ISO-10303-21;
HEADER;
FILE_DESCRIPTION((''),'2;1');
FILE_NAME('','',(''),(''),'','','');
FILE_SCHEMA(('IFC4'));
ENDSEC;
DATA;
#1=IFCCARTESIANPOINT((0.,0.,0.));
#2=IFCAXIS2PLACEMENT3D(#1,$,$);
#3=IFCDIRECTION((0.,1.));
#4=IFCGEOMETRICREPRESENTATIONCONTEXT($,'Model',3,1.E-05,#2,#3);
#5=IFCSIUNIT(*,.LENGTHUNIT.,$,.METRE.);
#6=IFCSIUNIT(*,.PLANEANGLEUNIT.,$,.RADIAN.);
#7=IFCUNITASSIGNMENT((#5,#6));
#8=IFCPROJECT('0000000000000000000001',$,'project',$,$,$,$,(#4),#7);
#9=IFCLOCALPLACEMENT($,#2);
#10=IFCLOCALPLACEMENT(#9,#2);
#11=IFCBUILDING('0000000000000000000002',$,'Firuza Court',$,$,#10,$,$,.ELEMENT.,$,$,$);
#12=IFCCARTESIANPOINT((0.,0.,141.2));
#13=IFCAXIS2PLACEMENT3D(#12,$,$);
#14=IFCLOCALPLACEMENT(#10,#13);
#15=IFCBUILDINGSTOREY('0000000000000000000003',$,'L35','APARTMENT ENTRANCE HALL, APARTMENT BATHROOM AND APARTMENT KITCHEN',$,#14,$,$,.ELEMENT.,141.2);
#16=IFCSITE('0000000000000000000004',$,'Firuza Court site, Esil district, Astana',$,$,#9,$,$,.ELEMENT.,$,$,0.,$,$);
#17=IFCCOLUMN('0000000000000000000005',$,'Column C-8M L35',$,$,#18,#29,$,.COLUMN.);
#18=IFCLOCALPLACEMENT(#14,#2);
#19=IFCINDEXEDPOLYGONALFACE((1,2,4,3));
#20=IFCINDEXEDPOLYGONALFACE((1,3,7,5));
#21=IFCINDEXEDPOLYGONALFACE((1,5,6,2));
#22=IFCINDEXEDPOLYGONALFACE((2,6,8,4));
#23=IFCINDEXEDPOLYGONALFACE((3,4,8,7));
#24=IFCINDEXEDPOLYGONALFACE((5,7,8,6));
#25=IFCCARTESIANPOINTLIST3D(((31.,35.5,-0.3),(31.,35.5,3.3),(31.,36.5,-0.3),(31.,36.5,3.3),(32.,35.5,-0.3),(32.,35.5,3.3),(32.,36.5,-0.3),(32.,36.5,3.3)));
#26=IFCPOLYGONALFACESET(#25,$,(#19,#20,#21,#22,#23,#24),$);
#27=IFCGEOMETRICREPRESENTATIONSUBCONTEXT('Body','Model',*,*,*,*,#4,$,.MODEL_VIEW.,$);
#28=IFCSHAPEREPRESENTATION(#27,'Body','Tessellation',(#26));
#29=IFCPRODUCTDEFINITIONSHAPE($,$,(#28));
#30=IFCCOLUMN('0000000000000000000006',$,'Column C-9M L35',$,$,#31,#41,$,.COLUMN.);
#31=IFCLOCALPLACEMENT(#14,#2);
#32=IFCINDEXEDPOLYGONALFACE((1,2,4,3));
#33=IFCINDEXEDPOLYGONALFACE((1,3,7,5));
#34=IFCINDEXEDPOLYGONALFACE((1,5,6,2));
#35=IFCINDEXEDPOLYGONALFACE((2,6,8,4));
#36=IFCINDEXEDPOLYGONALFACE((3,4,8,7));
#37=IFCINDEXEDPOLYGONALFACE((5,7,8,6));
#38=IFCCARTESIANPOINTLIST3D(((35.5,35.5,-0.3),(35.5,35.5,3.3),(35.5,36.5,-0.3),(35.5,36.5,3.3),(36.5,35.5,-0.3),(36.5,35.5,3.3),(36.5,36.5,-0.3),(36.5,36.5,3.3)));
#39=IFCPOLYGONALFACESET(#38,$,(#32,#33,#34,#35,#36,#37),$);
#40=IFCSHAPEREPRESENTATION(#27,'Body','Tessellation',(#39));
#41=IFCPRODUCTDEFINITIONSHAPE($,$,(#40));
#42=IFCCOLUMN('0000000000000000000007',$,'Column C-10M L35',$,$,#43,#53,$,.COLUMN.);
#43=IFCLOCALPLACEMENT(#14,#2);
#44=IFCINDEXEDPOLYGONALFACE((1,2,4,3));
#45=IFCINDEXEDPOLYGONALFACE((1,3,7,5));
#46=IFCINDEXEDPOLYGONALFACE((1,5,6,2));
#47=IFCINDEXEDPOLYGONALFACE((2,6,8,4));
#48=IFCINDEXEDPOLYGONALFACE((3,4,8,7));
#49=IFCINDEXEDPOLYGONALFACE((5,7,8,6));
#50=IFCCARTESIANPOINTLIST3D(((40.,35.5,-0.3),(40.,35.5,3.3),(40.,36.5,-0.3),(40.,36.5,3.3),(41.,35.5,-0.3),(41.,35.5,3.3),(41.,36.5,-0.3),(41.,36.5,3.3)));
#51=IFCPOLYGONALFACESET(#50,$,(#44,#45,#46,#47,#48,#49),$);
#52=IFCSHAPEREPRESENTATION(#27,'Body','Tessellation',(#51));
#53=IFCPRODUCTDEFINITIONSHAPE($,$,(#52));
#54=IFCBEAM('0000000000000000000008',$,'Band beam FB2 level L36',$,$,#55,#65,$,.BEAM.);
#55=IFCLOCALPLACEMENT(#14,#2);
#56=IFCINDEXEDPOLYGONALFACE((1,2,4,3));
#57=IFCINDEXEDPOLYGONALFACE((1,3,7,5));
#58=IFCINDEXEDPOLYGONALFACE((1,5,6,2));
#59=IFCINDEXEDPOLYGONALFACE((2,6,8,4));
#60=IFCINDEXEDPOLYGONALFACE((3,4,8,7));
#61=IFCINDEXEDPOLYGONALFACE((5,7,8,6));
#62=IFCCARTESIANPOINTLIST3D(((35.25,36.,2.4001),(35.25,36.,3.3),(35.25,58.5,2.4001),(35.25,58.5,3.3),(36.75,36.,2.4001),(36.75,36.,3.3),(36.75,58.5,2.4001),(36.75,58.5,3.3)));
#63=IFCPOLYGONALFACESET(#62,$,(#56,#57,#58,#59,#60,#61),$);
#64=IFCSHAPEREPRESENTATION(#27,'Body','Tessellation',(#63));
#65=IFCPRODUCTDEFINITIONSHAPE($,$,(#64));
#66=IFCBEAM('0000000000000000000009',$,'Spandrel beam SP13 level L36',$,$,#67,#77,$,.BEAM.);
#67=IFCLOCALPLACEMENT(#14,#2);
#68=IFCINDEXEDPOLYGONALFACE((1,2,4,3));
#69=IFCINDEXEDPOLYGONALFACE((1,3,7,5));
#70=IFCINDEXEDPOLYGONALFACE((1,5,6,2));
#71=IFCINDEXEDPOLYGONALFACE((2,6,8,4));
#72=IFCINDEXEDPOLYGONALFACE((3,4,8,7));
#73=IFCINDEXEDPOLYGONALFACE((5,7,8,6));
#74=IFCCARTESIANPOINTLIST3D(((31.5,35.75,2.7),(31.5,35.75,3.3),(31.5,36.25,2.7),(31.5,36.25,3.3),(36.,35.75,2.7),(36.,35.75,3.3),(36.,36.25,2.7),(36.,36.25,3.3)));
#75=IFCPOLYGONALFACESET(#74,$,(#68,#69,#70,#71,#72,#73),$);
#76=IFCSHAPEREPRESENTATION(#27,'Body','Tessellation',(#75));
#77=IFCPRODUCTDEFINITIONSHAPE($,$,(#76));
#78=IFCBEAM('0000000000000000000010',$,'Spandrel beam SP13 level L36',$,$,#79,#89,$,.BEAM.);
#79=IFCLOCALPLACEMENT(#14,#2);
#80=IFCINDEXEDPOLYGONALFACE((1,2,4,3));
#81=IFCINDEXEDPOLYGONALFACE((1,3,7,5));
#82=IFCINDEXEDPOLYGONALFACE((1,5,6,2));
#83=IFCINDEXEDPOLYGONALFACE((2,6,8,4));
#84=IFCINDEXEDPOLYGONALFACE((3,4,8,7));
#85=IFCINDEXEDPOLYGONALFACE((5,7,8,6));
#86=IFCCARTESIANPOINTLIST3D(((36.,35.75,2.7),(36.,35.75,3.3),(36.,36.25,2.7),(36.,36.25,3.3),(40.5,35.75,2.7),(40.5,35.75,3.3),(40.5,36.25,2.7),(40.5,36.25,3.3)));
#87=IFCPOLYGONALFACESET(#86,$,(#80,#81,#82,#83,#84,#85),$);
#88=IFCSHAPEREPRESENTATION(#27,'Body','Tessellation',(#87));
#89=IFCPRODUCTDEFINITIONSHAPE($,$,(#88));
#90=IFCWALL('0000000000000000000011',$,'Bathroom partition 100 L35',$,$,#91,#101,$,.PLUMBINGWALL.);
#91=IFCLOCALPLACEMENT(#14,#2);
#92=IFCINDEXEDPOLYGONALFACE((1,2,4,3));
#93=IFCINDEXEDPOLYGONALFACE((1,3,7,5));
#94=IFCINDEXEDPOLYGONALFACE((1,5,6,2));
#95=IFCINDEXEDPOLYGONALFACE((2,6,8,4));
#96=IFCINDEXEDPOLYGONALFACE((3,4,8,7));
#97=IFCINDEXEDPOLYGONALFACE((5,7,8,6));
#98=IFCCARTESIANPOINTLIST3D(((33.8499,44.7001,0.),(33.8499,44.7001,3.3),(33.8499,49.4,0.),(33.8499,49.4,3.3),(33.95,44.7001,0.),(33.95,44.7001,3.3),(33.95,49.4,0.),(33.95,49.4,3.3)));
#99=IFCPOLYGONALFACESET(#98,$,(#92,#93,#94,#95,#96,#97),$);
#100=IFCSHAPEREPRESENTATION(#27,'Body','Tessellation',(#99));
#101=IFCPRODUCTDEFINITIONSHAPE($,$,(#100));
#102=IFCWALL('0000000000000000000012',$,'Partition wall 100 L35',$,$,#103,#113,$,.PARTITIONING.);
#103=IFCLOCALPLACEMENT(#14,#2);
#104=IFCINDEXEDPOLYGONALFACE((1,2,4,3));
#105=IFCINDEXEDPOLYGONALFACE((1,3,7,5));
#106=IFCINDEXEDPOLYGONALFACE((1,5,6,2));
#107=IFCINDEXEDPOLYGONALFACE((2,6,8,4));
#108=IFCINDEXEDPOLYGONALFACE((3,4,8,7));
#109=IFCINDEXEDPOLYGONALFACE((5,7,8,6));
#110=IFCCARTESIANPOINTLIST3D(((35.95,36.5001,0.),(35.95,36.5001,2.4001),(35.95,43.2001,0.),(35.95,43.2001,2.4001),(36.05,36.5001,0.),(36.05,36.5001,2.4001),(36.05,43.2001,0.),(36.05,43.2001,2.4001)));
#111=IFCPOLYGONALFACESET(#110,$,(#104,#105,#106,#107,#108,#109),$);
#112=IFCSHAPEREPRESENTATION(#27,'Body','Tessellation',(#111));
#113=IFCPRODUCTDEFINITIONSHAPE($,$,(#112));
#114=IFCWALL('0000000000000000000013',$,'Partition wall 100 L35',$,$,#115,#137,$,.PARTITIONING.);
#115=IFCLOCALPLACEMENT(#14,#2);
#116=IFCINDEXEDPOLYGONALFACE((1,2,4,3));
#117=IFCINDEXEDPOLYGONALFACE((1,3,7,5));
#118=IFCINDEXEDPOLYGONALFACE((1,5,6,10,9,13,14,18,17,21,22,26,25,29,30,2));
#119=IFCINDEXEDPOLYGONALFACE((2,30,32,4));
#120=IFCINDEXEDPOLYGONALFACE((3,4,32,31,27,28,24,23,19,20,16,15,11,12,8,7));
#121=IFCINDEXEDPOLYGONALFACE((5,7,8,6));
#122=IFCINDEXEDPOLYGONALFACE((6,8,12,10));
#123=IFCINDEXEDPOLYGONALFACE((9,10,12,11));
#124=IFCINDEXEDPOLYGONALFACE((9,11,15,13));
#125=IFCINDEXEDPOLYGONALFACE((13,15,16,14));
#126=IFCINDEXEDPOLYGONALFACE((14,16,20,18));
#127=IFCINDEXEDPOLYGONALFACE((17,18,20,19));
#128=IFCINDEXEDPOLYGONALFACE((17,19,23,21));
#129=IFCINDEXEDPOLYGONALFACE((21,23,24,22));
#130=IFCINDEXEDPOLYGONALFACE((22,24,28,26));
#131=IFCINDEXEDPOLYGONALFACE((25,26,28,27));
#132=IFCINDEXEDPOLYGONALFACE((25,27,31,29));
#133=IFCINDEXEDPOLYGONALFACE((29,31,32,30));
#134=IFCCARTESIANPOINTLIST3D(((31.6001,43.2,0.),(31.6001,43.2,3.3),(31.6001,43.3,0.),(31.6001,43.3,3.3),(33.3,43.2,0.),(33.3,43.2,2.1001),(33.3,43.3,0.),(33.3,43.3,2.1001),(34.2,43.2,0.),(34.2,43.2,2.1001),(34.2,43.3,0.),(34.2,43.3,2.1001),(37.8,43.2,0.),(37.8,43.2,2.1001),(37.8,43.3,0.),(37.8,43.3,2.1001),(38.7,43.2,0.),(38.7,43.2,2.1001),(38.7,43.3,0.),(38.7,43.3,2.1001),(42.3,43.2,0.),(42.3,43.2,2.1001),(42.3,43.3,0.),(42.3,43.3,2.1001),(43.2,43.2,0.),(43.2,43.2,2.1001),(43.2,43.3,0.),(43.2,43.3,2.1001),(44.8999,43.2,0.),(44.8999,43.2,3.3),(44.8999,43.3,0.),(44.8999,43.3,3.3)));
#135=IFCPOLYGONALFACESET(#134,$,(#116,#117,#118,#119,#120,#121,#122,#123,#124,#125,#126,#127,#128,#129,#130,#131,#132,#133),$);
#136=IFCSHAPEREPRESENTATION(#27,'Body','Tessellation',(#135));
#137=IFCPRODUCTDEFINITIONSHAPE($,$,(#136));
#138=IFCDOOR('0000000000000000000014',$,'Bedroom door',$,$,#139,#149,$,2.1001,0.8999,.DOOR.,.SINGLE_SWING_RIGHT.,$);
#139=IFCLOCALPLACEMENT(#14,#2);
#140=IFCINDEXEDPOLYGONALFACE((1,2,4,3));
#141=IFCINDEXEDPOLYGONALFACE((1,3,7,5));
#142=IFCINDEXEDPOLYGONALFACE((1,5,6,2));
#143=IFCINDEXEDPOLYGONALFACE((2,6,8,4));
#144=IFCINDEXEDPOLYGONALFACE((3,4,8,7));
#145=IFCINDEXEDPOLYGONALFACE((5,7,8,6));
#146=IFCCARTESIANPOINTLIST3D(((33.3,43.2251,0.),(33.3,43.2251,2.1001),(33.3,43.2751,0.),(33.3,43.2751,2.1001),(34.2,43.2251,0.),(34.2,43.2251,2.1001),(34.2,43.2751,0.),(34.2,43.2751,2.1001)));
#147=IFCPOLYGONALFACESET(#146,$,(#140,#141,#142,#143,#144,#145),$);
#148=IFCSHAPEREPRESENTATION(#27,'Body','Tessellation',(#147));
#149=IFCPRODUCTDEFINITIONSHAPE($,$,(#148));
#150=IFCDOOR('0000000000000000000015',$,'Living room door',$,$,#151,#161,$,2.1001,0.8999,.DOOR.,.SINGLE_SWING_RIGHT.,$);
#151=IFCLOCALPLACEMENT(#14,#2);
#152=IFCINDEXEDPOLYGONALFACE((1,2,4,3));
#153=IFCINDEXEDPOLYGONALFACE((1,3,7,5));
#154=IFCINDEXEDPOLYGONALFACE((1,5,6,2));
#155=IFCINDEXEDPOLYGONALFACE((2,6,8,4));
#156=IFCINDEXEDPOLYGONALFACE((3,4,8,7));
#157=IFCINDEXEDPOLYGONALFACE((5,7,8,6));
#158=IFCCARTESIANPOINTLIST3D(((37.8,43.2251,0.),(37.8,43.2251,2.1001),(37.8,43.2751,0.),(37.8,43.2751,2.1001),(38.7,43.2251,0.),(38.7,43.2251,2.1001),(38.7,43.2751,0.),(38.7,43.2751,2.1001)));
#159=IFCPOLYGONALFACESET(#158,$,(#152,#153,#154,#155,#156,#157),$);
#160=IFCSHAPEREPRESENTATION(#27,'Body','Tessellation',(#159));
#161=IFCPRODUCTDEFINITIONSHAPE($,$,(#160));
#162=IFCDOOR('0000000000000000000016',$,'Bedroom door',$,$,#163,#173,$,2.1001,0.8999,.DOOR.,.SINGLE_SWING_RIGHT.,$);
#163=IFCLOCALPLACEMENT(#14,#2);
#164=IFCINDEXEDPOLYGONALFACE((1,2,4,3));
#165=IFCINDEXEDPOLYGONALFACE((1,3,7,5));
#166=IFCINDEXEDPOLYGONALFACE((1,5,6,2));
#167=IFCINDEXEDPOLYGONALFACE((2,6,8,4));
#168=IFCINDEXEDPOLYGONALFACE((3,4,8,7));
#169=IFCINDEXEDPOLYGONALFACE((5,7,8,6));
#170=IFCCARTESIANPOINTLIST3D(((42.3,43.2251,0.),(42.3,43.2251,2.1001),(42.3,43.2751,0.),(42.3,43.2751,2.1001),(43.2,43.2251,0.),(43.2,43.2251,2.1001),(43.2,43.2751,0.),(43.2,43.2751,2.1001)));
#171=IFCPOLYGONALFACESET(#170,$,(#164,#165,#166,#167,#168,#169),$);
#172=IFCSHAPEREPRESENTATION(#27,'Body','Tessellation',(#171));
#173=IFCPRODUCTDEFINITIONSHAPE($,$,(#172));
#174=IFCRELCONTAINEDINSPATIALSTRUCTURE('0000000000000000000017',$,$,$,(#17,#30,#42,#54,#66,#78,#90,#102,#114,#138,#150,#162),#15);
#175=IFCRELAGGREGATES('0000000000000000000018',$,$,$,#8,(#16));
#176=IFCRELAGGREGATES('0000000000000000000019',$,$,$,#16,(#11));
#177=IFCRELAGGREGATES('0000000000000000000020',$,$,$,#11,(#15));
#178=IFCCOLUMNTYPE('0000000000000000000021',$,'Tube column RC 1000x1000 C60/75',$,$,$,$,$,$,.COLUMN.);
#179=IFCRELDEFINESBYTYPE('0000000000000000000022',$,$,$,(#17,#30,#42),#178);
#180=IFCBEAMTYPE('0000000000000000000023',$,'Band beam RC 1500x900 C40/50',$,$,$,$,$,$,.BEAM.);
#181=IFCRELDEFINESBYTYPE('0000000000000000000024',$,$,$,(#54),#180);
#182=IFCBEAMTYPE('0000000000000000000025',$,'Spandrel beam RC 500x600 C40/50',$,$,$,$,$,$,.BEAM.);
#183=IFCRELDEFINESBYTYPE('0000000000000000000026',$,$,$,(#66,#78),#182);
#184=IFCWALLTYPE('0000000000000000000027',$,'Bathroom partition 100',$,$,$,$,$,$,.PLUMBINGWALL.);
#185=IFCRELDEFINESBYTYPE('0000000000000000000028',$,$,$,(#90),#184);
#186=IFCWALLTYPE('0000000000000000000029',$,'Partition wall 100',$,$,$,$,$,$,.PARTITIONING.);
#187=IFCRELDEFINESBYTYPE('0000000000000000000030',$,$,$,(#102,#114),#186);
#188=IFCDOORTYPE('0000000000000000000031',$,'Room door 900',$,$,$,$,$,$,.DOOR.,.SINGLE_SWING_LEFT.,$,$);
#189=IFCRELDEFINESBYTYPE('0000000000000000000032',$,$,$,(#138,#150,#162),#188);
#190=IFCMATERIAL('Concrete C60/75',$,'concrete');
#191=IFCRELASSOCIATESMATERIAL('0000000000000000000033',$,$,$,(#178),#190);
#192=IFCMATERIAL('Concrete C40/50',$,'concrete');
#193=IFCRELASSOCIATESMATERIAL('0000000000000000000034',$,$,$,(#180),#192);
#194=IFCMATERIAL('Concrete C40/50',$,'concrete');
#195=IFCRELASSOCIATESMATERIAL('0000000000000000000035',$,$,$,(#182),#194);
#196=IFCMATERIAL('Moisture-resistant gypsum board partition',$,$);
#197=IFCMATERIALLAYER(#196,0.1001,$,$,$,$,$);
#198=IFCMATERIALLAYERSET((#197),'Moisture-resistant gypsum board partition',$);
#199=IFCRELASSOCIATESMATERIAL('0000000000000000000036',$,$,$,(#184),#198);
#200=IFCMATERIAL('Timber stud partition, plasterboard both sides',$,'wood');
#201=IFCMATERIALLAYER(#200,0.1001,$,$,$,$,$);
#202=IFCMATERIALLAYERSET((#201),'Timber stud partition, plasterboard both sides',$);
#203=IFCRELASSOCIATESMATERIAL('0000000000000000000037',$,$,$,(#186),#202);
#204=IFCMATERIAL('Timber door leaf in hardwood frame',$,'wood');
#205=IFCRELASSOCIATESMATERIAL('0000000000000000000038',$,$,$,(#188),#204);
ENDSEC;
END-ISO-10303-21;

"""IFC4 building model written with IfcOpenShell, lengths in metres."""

from ifc_helpers import new_model, si_unit, direction, frame, frame_2d, origin, origin_2d, place, context, subcontext, project, spatial, rectangle, extrude, material, layer, layer_set, material_profile, profile_set, type_object, element, fill, save


model = new_model("IFC4")

# Units and contexts
model_context = context("Model", 3, precision=1e-05, world=origin(), true_north=direction((0.0, 1.0)))
body_context = subcontext(model_context, "Body", "Model", "MODEL_VIEW")
ifc_project = project(units=[si_unit("LENGTHUNIT", "METRE"), si_unit("PLANEANGLEUNIT", "RADIAN")], contexts=[model_context])

# Site, building, storey
site_placement = place(None, origin())
site = spatial("IfcSite", under=ifc_project, at=site_placement, Name="Firuza Court site, Esil district, Astana", CompositionType="ELEMENT", RefElevation=0.0)
building_placement = place(site_placement, origin())
building = spatial("IfcBuilding", under=site, at=building_placement, Name="Firuza Court", CompositionType="ELEMENT")
storey_placement = place(building_placement, frame((0.0, 0.0, 141.2)))
storey = spatial("IfcBuildingStorey", under=building, at=storey_placement, Name="L35", Description="APARTMENT ENTRANCE HALL, APARTMENT BATHROOM AND APARTMENT KITCHEN", CompositionType="ELEMENT", Elevation=141.2)

# Columns
ifc_material_1 = material(Name="Concrete C60/75", Category="concrete")
ifc_material_profile_1 = material_profile(ifc_material_1, rectangle(XDim=1.0, YDim=1.0, at=origin_2d()), Name="RC 1000x1000")
ifc_profile_set_1 = profile_set([ifc_material_profile_1], Name="Concrete C60/75")
column_type = type_object("IfcColumnType", Name="Tube column RC 1000x1000 C60/75", PredefinedType="COLUMN", material=ifc_profile_set_1)
for number, where, z_axis, x_axis, name in (
    (1, (31.5, 36.0, -0.3), (0.0, 0.0, 1.0), (1.0, 0.0, 0.0), "Column C-8M L35"),
    (2, (36.0, 36.0, -0.3), (0.0, 0.0, 1.0), (1.0, 0.0, 0.0), "Column C-9M L35"),
    (3, (40.5, 36.0, -0.3), (0.0, 0.0, 1.0), (1.0, 0.0, 0.0), "Column C-10M L35"),
):
    element("IfcColumn", number, at=place(storey_placement, frame(where, z_axis=z_axis, x_axis=x_axis)), inside=storey, type_object=column_type, Name=name, PredefinedType="COLUMN", context=body_context, shape_type="SweptSolid", body=[
        extrude(rectangle(XDim=1.0, YDim=1.0, at=origin_2d()), origin(), (0.0, 0.0, 1.0), 3.6001),
    ])

# Beams
ifc_material_2 = material(Name="Concrete C40/50", Category="concrete")
ifc_material_profile_2 = material_profile(ifc_material_2, rectangle(XDim=1.5, YDim=0.8999, at=origin_2d()), Name="RC 1500x900")
ifc_profile_set_2 = profile_set([ifc_material_profile_2], Name="Concrete C40/50")
beam_type_1 = type_object("IfcBeamType", Name="Band beam RC 1500x900 C40/50", PredefinedType="BEAM", material=ifc_profile_set_2)
beam_placement = place(storey_placement, frame((36.0, 36.0, 2.8501), z_axis=(0.0, 1.0, 0.0), x_axis=(-1.0, 0.0, 0.0)))
element("IfcBeam", 4, at=beam_placement, inside=storey, type_object=beam_type_1, Name="Band beam FB2 level L36", PredefinedType="BEAM", context=body_context, shape_type="SweptSolid", body=[
    extrude(rectangle(XDim=1.5, YDim=0.8999, at=origin_2d()), origin(), (0.0, 0.0, 1.0), 22.5),
])
ifc_material_3 = material(Name="Concrete C40/50", Category="concrete")
ifc_material_profile_3 = material_profile(ifc_material_3, rectangle(XDim=0.5, YDim=0.6001, at=origin_2d()), Name="RC 500x600")
ifc_profile_set_3 = profile_set([ifc_material_profile_3], Name="Concrete C40/50")
beam_type_2 = type_object("IfcBeamType", Name="Spandrel beam RC 500x600 C40/50", PredefinedType="BEAM", material=ifc_profile_set_3)
for number, where, z_axis, x_axis, name in (
    (5, (31.5, 36.0, 3.0), (1.0, 0.0, 0.0), (0.0, 1.0, 0.0), "Spandrel beam SP13 level L36"),
    (6, (36.0, 36.0, 3.0), (1.0, 0.0, 0.0), (0.0, 1.0, 0.0), "Spandrel beam SP13 level L36"),
):
    element("IfcBeam", number, at=place(storey_placement, frame(where, z_axis=z_axis, x_axis=x_axis)), inside=storey, type_object=beam_type_2, Name=name, PredefinedType="BEAM", context=body_context, shape_type="SweptSolid", body=[
        extrude(rectangle(XDim=0.5, YDim=0.6001, at=origin_2d()), origin(), (0.0, 0.0, 1.0), 4.5),
    ])

# Walls
ifc_material_4 = material(Name="Moisture-resistant gypsum board partition")
ifc_layer_1 = layer(ifc_material_4, 0.1001)
ifc_layer_set_1 = layer_set([ifc_layer_1], Name="Moisture-resistant gypsum board partition")
wall_type_1 = type_object("IfcWallType", Name="Bathroom partition 100", PredefinedType="PLUMBINGWALL", material=ifc_layer_set_1)
wall_1_placement = place(storey_placement, frame((33.8999, 44.7, 0.0), z_axis=(0.0, 0.0, 1.0), x_axis=(0.0, 1.0, 0.0)))
element("IfcWall", 7, at=wall_1_placement, inside=storey, type_object=wall_type_1, Name="Bathroom partition 100 L35", PredefinedType="PLUMBINGWALL", context=body_context, shape_type="SweptSolid", body=[
    extrude(rectangle(XDim=4.7, YDim=0.1001, at=frame_2d((2.3501, 0.0))), origin(), (0.0, 0.0, 1.0), 3.3),
])
ifc_material_5 = material(Name="Timber stud partition, plasterboard both sides", Category="wood")
ifc_layer_2 = layer(ifc_material_5, 0.1001)
ifc_layer_set_2 = layer_set([ifc_layer_2], Name="Timber stud partition, plasterboard both sides")
wall_type_2 = type_object("IfcWallType", Name="Partition wall 100", PredefinedType="PARTITIONING", material=ifc_layer_set_2)
wall_2_placement = place(storey_placement, frame((36.0, 36.5, 0.0), z_axis=(0.0, 0.0, 1.0), x_axis=(0.0, 1.0, 0.0)))
element("IfcWall", 8, at=wall_2_placement, inside=storey, type_object=wall_type_2, Name="Partition wall 100 L35", PredefinedType="PARTITIONING", context=body_context, shape_type="SweptSolid", body=[
    extrude(rectangle(XDim=6.7, YDim=0.1001, at=frame_2d((3.3501, 0.0))), origin(), (0.0, 0.0, 1.0), 2.4001),
])

# Wall, openings, doors
wall_3_placement = place(storey_placement, frame((31.6001, 43.25, 0.0), z_axis=(0.0, 0.0, 1.0), x_axis=(1.0, 0.0, 0.0)))
wall_3 = element("IfcWall", 9, at=wall_3_placement, inside=storey, type_object=wall_type_2, Name="Partition wall 100 L35", PredefinedType="PARTITIONING", context=body_context, shape_type="SweptSolid", body=[
    extrude(rectangle(XDim=13.2998, YDim=0.1001, at=frame_2d((6.6499, 0.0))), origin(), (0.0, 0.0, 1.0), 3.3),
])
opening_1_placement = place(wall_3_placement, frame((1.7, 0.0, 0.0)))
opening_1 = element("IfcOpeningElement", 10, at=opening_1_placement, cuts=wall_3, PredefinedType="OPENING", context=body_context, shape_type="SweptSolid", body=[
    extrude(rectangle(XDim=0.8999, YDim=2.1001, at=frame_2d((0.45, 1.05))), frame((0.0, 0.062, 0.0), z_axis=(0.0, -1.0, 0.0), x_axis=(1.0, 0.0, 0.0)), (0.0, 0.0, 1.0), 0.124),
])
opening_2_placement = place(wall_3_placement, frame((6.2, 0.0, 0.0)))
opening_2 = element("IfcOpeningElement", 11, at=opening_2_placement, cuts=wall_3, PredefinedType="OPENING", context=body_context, shape_type="SweptSolid", body=[
    extrude(rectangle(XDim=0.8999, YDim=2.1001, at=frame_2d((0.45, 1.05))), frame((0.0, 0.062, 0.0), z_axis=(0.0, -1.0, 0.0), x_axis=(1.0, 0.0, 0.0)), (0.0, 0.0, 1.0), 0.124),
])
opening_3_placement = place(wall_3_placement, frame((10.7, 0.0, 0.0)))
opening_3 = element("IfcOpeningElement", 12, at=opening_3_placement, cuts=wall_3, PredefinedType="OPENING", context=body_context, shape_type="SweptSolid", body=[
    extrude(rectangle(XDim=0.8999, YDim=2.1001, at=frame_2d((0.45, 1.05))), frame((0.0, 0.062, 0.0), z_axis=(0.0, -1.0, 0.0), x_axis=(1.0, 0.0, 0.0)), (0.0, 0.0, 1.0), 0.124),
])
ifc_material_6 = material(Name="Timber door leaf in hardwood frame", Category="wood")
door_type_1 = type_object("IfcDoorType", Name="Room door 900", OperationType="SINGLE_SWING_LEFT", PredefinedType="DOOR", material=ifc_material_6)
door_1_placement = place(opening_1_placement, frame((0.8999, 0.0, 0.0), z_axis=(0.0, 0.0, 1.0), x_axis=(-1.0, 0.0, 0.0)))
door_1 = element("IfcDoor", 13, at=door_1_placement, inside=storey, type_object=door_type_1, Name="Bedroom door", OperationType="SINGLE_SWING_RIGHT", OverallHeight=2.1001, OverallWidth=0.8999, PredefinedType="DOOR", context=body_context, shape_type="SweptSolid", body=[
    extrude(rectangle(XDim=0.8999, YDim=2.1001, at=frame_2d((0.45, 1.05))), frame((0.0, 0.0249, 0.0), z_axis=(0.0, -1.0, 0.0), x_axis=(1.0, 0.0, 0.0)), (0.0, 0.0, 1.0), 0.05),
])
fill(opening_1, door_1)
door_2_placement = place(opening_2_placement, frame((0.8999, 0.0, 0.0), z_axis=(0.0, 0.0, 1.0), x_axis=(-1.0, 0.0, 0.0)))
door_2 = element("IfcDoor", 14, at=door_2_placement, inside=storey, type_object=door_type_1, Name="Living room door", OperationType="SINGLE_SWING_RIGHT", OverallHeight=2.1001, OverallWidth=0.8999, PredefinedType="DOOR", context=body_context, shape_type="SweptSolid", body=[
    extrude(rectangle(XDim=0.8999, YDim=2.1001, at=frame_2d((0.45, 1.05))), frame((0.0, 0.0249, 0.0), z_axis=(0.0, -1.0, 0.0), x_axis=(1.0, 0.0, 0.0)), (0.0, 0.0, 1.0), 0.05),
])
fill(opening_2, door_2)
door_3_placement = place(opening_3_placement, frame((0.8999, 0.0, 0.0), z_axis=(0.0, 0.0, 1.0), x_axis=(-1.0, 0.0, 0.0)))
door_3 = element("IfcDoor", 15, at=door_3_placement, inside=storey, type_object=door_type_1, Name="Bedroom door", OperationType="SINGLE_SWING_RIGHT", OverallHeight=2.1001, OverallWidth=0.8999, PredefinedType="DOOR", context=body_context, shape_type="SweptSolid", body=[
    extrude(rectangle(XDim=0.8999, YDim=2.1001, at=frame_2d((0.45, 1.05))), frame((0.0, 0.0249, 0.0), z_axis=(0.0, -1.0, 0.0), x_axis=(1.0, 0.0, 0.0)), (0.0, 0.0, 1.0), 0.05),
])
fill(opening_3, door_3)

save(model, "model.ifc")
